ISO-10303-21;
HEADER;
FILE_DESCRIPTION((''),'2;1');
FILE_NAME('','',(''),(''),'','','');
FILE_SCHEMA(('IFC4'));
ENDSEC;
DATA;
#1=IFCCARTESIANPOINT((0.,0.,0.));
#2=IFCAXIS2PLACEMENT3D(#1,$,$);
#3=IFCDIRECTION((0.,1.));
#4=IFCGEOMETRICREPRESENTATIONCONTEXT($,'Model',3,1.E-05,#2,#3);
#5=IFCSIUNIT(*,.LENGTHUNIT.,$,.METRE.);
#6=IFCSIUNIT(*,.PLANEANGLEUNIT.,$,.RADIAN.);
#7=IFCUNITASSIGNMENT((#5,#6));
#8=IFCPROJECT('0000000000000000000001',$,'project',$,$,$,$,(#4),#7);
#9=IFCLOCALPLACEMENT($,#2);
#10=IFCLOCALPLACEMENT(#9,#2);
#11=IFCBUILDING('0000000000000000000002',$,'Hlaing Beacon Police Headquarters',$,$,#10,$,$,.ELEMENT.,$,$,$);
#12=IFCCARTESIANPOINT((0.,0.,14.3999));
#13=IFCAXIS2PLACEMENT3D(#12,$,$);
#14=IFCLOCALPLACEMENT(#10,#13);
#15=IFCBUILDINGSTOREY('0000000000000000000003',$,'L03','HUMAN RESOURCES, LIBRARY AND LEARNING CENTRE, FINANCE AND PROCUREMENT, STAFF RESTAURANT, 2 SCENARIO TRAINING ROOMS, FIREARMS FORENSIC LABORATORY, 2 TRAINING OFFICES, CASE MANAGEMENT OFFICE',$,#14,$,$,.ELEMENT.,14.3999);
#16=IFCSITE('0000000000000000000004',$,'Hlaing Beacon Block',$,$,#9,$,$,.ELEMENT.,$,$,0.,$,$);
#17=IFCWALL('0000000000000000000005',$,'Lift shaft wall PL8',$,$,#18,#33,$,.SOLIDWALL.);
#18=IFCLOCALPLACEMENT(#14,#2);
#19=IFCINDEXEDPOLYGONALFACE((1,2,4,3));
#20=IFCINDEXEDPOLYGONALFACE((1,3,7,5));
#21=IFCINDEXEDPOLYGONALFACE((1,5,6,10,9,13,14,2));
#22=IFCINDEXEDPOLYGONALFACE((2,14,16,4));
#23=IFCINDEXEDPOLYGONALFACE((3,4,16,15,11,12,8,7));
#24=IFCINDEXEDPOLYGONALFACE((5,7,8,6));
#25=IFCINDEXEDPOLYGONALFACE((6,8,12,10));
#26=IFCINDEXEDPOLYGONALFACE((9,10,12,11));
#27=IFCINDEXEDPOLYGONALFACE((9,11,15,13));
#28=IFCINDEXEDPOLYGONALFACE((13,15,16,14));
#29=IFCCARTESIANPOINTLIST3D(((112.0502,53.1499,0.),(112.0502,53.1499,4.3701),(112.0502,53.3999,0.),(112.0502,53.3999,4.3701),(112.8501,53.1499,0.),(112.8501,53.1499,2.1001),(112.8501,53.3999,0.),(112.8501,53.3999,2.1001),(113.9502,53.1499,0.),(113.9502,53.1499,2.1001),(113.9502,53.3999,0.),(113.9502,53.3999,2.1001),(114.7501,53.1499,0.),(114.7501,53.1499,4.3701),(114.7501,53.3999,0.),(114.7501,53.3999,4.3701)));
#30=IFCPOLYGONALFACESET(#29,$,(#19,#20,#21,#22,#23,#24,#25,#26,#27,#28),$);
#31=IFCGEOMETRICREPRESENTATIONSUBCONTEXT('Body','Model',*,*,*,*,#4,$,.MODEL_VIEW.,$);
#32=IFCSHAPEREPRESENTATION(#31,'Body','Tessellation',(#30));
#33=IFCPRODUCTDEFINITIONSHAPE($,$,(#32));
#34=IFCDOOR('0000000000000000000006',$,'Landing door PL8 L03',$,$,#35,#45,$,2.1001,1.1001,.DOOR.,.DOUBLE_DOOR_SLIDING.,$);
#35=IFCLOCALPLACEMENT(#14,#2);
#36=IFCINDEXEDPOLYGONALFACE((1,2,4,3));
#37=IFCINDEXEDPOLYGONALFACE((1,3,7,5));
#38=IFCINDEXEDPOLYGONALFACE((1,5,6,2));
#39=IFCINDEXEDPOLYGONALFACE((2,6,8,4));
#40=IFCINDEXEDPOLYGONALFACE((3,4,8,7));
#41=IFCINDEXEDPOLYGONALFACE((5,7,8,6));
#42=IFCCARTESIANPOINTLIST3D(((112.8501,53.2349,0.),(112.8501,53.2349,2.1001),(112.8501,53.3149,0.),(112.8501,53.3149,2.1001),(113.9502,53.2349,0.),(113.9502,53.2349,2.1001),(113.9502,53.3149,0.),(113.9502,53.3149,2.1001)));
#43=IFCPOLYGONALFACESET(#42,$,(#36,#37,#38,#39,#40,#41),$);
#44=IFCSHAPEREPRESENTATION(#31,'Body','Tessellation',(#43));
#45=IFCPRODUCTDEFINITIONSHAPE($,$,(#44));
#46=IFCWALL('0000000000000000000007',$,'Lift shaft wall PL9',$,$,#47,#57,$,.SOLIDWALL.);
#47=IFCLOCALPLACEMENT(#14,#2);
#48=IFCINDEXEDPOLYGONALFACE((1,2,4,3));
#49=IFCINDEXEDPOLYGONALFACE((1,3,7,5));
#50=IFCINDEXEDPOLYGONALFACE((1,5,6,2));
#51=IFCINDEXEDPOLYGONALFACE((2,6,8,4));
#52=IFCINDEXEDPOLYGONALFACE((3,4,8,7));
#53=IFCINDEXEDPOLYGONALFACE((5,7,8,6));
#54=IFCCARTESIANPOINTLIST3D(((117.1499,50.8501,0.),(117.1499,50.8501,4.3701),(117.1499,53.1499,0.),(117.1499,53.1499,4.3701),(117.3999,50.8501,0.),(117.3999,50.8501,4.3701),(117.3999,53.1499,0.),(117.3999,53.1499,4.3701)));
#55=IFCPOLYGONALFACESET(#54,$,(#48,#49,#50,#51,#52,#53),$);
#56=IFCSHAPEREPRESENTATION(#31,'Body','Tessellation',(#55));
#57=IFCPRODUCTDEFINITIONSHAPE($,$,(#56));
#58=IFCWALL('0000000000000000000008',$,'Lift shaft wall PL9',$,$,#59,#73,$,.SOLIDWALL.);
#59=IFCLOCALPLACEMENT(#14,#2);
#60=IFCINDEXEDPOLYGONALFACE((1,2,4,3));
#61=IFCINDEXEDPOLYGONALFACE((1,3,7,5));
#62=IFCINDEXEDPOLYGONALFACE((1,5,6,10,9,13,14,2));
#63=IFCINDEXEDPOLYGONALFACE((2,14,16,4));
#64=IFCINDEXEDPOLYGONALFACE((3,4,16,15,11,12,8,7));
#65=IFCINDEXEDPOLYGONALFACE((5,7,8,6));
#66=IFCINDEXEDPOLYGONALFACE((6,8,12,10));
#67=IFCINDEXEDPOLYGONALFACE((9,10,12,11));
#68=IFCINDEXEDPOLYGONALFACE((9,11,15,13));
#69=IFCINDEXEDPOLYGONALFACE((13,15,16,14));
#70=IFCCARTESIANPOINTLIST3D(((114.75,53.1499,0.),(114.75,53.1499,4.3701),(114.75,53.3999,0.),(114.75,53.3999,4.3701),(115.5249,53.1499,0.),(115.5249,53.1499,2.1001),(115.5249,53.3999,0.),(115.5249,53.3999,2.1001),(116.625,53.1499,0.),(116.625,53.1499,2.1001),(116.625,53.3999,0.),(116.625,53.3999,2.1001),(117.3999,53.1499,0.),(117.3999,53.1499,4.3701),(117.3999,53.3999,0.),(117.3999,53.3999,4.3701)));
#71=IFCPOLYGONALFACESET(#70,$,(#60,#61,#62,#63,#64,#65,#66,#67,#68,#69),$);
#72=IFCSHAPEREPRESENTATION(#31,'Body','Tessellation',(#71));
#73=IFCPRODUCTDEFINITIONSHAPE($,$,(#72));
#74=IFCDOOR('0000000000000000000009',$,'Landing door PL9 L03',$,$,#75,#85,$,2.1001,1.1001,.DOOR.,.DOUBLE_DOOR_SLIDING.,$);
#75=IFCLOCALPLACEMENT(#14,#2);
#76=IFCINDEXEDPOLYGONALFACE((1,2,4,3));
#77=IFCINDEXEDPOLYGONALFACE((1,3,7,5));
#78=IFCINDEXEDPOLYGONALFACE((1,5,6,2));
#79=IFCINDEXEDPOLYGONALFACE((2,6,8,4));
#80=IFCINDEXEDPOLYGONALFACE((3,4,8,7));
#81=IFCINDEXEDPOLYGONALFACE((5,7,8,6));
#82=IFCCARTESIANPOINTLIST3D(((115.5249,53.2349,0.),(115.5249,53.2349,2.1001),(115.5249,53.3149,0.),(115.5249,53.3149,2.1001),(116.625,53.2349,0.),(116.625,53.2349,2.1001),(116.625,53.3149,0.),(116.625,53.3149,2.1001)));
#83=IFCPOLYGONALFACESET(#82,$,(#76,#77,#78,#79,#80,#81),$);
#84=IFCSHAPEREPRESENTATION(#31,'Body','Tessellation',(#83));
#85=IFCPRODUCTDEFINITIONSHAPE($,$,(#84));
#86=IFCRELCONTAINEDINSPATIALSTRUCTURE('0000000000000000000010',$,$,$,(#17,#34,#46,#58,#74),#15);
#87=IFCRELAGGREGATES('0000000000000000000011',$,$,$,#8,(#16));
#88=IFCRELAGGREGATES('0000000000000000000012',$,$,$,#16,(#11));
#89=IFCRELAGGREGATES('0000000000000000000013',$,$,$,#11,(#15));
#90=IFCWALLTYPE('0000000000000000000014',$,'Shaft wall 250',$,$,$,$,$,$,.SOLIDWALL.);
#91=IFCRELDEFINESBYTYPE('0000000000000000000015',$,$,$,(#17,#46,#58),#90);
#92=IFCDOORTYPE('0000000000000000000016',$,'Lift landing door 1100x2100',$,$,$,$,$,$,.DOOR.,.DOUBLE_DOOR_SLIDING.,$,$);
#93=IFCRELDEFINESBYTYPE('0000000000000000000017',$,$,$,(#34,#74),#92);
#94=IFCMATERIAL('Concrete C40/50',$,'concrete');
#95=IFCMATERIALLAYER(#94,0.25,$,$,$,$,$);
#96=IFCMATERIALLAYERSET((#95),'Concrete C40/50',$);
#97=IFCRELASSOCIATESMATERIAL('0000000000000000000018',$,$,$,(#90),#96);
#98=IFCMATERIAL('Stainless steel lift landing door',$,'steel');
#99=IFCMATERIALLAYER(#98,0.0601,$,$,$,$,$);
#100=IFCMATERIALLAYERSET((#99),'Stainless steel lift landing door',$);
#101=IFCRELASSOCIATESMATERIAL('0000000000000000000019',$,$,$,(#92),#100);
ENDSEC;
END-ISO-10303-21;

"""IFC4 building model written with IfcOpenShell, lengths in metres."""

from ifc_helpers import new_model, si_unit, direction, frame, frame_2d, origin, place, context, subcontext, project, spatial, rectangle, extrude, material, layer, layer_set, type_object, element, fill, save


model = new_model("IFC4")

# Units and contexts
model_context = context("Model", 3, precision=1e-05, world=origin(), true_north=direction((0.0, 1.0)))
body_context = subcontext(model_context, "Body", "Model", "MODEL_VIEW")
ifc_project = project(units=[si_unit("LENGTHUNIT", "METRE"), si_unit("PLANEANGLEUNIT", "RADIAN")], contexts=[model_context])

# Site, building, storey
site_placement = place(None, origin())
site = spatial("IfcSite", under=ifc_project, at=site_placement, Name="Hlaing Beacon Block", CompositionType="ELEMENT", RefElevation=0.0)
building_placement = place(site_placement, origin())
building = spatial("IfcBuilding", under=site, at=building_placement, Name="Hlaing Beacon Police Headquarters", CompositionType="ELEMENT")
storey_placement = place(building_placement, frame((0.0, 0.0, 14.3999)))
storey = spatial("IfcBuildingStorey", under=building, at=storey_placement, Name="L03", Description="HUMAN RESOURCES, LIBRARY AND LEARNING CENTRE, FINANCE AND PROCUREMENT, STAFF RESTAURANT, 2 SCENARIO TRAINING ROOMS, FIREARMS FORENSIC LABORATORY, 2 TRAINING OFFICES, CASE MANAGEMENT OFFICE", CompositionType="ELEMENT", Elevation=14.3999)

# Shared definitions
ifc_material_1 = material(Name="Concrete C40/50", Category="concrete")
ifc_layer_1 = layer(ifc_material_1, 0.25)
ifc_layer_set_1 = layer_set([ifc_layer_1], Name="Concrete C40/50")
wall_type_1 = type_object("IfcWallType", Name="Shaft wall 250", PredefinedType="SOLIDWALL", material=ifc_layer_set_1)

# Shared definitions
ifc_material_2 = material(Name="Stainless steel lift landing door", Category="steel")
ifc_layer_2 = layer(ifc_material_2, 0.0601)
ifc_layer_set_2 = layer_set([ifc_layer_2], Name="Stainless steel lift landing door")
door_type_1 = type_object("IfcDoorType", Name="Lift landing door 1100x2100", OperationType="DOUBLE_DOOR_SLIDING", PredefinedType="DOOR", material=ifc_layer_set_2)

# Wall, opening, door
wall_1_placement = place(storey_placement, frame((112.05, 53.2749, 0.0), z_axis=(0.0, 0.0, 1.0), x_axis=(1.0, 0.0, 0.0)))
wall_1 = element("IfcWall", 1, at=wall_1_placement, inside=storey, type_object=wall_type_1, Name="Lift shaft wall PL8", PredefinedType="SOLIDWALL", context=body_context, shape_type="SweptSolid", body=[
    extrude(rectangle(XDim=2.7, YDim=0.25, at=frame_2d((1.3501, 0.0))), origin(), (0.0, 0.0, 1.0), 4.3701),
])
opening_1_placement = place(wall_1_placement, frame((0.8, 0.0, 0.0)))
opening_1 = element("IfcOpeningElement", 2, at=opening_1_placement, cuts=wall_1, PredefinedType="OPENING", context=body_context, shape_type="SweptSolid", body=[
    extrude(rectangle(XDim=1.1001, YDim=2.1001, at=frame_2d((0.55, 1.05))), frame((0.0, 0.135, 0.0), z_axis=(0.0, -1.0, 0.0), x_axis=(1.0, 0.0, 0.0)), (0.0, 0.0, 1.0), 0.27),
])
door_1_placement = place(opening_1_placement, origin())
door_1 = element("IfcDoor", 3, at=door_1_placement, inside=storey, type_object=door_type_1, Name="Landing door PL8 L03", OperationType="DOUBLE_DOOR_SLIDING", OverallHeight=2.1001, OverallWidth=1.1001, PredefinedType="DOOR", context=body_context, shape_type="SweptSolid", body=[
    extrude(rectangle(XDim=1.1001, YDim=2.1001, at=frame_2d((0.55, 1.05))), frame((0.0, 0.04, 0.0), z_axis=(0.0, -1.0, 0.0), x_axis=(1.0, 0.0, 0.0)), (0.0, 0.0, 1.0), 0.0801),
])
fill(opening_1, door_1)

# Wall
wall_2_placement = place(storey_placement, frame((117.2749, 50.8501, 0.0), z_axis=(0.0, 0.0, 1.0), x_axis=(0.0, 1.0, 0.0)))
element("IfcWall", 4, at=wall_2_placement, inside=storey, type_object=wall_type_1, Name="Lift shaft wall PL9", PredefinedType="SOLIDWALL", context=body_context, shape_type="SweptSolid", body=[
    extrude(rectangle(XDim=2.2998, YDim=0.25, at=frame_2d((1.1499, 0.0))), origin(), (0.0, 0.0, 1.0), 4.3701),
])

# Wall, opening, door
wall_3_placement = place(storey_placement, frame((114.75, 53.2749, 0.0), z_axis=(0.0, 0.0, 1.0), x_axis=(1.0, 0.0, 0.0)))
wall_3 = element("IfcWall", 5, at=wall_3_placement, inside=storey, type_object=wall_type_1, Name="Lift shaft wall PL9", PredefinedType="SOLIDWALL", context=body_context, shape_type="SweptSolid", body=[
    extrude(rectangle(XDim=2.6499, YDim=0.25, at=frame_2d((1.325, 0.0))), origin(), (0.0, 0.0, 1.0), 4.3701),
])
opening_2_placement = place(wall_3_placement, frame((0.7749, 0.0, 0.0)))
opening_2 = element("IfcOpeningElement", 6, at=opening_2_placement, cuts=wall_3, PredefinedType="OPENING", context=body_context, shape_type="SweptSolid", body=[
    extrude(rectangle(XDim=1.1001, YDim=2.1001, at=frame_2d((0.55, 1.05))), frame((0.0, 0.135, 0.0), z_axis=(0.0, -1.0, 0.0), x_axis=(1.0, 0.0, 0.0)), (0.0, 0.0, 1.0), 0.27),
])
door_2_placement = place(opening_2_placement, origin())
door_2 = element("IfcDoor", 7, at=door_2_placement, inside=storey, type_object=door_type_1, Name="Landing door PL9 L03", OperationType="DOUBLE_DOOR_SLIDING", OverallHeight=2.1001, OverallWidth=1.1001, PredefinedType="DOOR", context=body_context, shape_type="SweptSolid", body=[
    extrude(rectangle(XDim=1.1001, YDim=2.1001, at=frame_2d((0.55, 1.05))), frame((0.0, 0.04, 0.0), z_axis=(0.0, -1.0, 0.0), x_axis=(1.0, 0.0, 0.0)), (0.0, 0.0, 1.0), 0.0801),
])
fill(opening_2, door_2)

save(model, "model.ifc")
